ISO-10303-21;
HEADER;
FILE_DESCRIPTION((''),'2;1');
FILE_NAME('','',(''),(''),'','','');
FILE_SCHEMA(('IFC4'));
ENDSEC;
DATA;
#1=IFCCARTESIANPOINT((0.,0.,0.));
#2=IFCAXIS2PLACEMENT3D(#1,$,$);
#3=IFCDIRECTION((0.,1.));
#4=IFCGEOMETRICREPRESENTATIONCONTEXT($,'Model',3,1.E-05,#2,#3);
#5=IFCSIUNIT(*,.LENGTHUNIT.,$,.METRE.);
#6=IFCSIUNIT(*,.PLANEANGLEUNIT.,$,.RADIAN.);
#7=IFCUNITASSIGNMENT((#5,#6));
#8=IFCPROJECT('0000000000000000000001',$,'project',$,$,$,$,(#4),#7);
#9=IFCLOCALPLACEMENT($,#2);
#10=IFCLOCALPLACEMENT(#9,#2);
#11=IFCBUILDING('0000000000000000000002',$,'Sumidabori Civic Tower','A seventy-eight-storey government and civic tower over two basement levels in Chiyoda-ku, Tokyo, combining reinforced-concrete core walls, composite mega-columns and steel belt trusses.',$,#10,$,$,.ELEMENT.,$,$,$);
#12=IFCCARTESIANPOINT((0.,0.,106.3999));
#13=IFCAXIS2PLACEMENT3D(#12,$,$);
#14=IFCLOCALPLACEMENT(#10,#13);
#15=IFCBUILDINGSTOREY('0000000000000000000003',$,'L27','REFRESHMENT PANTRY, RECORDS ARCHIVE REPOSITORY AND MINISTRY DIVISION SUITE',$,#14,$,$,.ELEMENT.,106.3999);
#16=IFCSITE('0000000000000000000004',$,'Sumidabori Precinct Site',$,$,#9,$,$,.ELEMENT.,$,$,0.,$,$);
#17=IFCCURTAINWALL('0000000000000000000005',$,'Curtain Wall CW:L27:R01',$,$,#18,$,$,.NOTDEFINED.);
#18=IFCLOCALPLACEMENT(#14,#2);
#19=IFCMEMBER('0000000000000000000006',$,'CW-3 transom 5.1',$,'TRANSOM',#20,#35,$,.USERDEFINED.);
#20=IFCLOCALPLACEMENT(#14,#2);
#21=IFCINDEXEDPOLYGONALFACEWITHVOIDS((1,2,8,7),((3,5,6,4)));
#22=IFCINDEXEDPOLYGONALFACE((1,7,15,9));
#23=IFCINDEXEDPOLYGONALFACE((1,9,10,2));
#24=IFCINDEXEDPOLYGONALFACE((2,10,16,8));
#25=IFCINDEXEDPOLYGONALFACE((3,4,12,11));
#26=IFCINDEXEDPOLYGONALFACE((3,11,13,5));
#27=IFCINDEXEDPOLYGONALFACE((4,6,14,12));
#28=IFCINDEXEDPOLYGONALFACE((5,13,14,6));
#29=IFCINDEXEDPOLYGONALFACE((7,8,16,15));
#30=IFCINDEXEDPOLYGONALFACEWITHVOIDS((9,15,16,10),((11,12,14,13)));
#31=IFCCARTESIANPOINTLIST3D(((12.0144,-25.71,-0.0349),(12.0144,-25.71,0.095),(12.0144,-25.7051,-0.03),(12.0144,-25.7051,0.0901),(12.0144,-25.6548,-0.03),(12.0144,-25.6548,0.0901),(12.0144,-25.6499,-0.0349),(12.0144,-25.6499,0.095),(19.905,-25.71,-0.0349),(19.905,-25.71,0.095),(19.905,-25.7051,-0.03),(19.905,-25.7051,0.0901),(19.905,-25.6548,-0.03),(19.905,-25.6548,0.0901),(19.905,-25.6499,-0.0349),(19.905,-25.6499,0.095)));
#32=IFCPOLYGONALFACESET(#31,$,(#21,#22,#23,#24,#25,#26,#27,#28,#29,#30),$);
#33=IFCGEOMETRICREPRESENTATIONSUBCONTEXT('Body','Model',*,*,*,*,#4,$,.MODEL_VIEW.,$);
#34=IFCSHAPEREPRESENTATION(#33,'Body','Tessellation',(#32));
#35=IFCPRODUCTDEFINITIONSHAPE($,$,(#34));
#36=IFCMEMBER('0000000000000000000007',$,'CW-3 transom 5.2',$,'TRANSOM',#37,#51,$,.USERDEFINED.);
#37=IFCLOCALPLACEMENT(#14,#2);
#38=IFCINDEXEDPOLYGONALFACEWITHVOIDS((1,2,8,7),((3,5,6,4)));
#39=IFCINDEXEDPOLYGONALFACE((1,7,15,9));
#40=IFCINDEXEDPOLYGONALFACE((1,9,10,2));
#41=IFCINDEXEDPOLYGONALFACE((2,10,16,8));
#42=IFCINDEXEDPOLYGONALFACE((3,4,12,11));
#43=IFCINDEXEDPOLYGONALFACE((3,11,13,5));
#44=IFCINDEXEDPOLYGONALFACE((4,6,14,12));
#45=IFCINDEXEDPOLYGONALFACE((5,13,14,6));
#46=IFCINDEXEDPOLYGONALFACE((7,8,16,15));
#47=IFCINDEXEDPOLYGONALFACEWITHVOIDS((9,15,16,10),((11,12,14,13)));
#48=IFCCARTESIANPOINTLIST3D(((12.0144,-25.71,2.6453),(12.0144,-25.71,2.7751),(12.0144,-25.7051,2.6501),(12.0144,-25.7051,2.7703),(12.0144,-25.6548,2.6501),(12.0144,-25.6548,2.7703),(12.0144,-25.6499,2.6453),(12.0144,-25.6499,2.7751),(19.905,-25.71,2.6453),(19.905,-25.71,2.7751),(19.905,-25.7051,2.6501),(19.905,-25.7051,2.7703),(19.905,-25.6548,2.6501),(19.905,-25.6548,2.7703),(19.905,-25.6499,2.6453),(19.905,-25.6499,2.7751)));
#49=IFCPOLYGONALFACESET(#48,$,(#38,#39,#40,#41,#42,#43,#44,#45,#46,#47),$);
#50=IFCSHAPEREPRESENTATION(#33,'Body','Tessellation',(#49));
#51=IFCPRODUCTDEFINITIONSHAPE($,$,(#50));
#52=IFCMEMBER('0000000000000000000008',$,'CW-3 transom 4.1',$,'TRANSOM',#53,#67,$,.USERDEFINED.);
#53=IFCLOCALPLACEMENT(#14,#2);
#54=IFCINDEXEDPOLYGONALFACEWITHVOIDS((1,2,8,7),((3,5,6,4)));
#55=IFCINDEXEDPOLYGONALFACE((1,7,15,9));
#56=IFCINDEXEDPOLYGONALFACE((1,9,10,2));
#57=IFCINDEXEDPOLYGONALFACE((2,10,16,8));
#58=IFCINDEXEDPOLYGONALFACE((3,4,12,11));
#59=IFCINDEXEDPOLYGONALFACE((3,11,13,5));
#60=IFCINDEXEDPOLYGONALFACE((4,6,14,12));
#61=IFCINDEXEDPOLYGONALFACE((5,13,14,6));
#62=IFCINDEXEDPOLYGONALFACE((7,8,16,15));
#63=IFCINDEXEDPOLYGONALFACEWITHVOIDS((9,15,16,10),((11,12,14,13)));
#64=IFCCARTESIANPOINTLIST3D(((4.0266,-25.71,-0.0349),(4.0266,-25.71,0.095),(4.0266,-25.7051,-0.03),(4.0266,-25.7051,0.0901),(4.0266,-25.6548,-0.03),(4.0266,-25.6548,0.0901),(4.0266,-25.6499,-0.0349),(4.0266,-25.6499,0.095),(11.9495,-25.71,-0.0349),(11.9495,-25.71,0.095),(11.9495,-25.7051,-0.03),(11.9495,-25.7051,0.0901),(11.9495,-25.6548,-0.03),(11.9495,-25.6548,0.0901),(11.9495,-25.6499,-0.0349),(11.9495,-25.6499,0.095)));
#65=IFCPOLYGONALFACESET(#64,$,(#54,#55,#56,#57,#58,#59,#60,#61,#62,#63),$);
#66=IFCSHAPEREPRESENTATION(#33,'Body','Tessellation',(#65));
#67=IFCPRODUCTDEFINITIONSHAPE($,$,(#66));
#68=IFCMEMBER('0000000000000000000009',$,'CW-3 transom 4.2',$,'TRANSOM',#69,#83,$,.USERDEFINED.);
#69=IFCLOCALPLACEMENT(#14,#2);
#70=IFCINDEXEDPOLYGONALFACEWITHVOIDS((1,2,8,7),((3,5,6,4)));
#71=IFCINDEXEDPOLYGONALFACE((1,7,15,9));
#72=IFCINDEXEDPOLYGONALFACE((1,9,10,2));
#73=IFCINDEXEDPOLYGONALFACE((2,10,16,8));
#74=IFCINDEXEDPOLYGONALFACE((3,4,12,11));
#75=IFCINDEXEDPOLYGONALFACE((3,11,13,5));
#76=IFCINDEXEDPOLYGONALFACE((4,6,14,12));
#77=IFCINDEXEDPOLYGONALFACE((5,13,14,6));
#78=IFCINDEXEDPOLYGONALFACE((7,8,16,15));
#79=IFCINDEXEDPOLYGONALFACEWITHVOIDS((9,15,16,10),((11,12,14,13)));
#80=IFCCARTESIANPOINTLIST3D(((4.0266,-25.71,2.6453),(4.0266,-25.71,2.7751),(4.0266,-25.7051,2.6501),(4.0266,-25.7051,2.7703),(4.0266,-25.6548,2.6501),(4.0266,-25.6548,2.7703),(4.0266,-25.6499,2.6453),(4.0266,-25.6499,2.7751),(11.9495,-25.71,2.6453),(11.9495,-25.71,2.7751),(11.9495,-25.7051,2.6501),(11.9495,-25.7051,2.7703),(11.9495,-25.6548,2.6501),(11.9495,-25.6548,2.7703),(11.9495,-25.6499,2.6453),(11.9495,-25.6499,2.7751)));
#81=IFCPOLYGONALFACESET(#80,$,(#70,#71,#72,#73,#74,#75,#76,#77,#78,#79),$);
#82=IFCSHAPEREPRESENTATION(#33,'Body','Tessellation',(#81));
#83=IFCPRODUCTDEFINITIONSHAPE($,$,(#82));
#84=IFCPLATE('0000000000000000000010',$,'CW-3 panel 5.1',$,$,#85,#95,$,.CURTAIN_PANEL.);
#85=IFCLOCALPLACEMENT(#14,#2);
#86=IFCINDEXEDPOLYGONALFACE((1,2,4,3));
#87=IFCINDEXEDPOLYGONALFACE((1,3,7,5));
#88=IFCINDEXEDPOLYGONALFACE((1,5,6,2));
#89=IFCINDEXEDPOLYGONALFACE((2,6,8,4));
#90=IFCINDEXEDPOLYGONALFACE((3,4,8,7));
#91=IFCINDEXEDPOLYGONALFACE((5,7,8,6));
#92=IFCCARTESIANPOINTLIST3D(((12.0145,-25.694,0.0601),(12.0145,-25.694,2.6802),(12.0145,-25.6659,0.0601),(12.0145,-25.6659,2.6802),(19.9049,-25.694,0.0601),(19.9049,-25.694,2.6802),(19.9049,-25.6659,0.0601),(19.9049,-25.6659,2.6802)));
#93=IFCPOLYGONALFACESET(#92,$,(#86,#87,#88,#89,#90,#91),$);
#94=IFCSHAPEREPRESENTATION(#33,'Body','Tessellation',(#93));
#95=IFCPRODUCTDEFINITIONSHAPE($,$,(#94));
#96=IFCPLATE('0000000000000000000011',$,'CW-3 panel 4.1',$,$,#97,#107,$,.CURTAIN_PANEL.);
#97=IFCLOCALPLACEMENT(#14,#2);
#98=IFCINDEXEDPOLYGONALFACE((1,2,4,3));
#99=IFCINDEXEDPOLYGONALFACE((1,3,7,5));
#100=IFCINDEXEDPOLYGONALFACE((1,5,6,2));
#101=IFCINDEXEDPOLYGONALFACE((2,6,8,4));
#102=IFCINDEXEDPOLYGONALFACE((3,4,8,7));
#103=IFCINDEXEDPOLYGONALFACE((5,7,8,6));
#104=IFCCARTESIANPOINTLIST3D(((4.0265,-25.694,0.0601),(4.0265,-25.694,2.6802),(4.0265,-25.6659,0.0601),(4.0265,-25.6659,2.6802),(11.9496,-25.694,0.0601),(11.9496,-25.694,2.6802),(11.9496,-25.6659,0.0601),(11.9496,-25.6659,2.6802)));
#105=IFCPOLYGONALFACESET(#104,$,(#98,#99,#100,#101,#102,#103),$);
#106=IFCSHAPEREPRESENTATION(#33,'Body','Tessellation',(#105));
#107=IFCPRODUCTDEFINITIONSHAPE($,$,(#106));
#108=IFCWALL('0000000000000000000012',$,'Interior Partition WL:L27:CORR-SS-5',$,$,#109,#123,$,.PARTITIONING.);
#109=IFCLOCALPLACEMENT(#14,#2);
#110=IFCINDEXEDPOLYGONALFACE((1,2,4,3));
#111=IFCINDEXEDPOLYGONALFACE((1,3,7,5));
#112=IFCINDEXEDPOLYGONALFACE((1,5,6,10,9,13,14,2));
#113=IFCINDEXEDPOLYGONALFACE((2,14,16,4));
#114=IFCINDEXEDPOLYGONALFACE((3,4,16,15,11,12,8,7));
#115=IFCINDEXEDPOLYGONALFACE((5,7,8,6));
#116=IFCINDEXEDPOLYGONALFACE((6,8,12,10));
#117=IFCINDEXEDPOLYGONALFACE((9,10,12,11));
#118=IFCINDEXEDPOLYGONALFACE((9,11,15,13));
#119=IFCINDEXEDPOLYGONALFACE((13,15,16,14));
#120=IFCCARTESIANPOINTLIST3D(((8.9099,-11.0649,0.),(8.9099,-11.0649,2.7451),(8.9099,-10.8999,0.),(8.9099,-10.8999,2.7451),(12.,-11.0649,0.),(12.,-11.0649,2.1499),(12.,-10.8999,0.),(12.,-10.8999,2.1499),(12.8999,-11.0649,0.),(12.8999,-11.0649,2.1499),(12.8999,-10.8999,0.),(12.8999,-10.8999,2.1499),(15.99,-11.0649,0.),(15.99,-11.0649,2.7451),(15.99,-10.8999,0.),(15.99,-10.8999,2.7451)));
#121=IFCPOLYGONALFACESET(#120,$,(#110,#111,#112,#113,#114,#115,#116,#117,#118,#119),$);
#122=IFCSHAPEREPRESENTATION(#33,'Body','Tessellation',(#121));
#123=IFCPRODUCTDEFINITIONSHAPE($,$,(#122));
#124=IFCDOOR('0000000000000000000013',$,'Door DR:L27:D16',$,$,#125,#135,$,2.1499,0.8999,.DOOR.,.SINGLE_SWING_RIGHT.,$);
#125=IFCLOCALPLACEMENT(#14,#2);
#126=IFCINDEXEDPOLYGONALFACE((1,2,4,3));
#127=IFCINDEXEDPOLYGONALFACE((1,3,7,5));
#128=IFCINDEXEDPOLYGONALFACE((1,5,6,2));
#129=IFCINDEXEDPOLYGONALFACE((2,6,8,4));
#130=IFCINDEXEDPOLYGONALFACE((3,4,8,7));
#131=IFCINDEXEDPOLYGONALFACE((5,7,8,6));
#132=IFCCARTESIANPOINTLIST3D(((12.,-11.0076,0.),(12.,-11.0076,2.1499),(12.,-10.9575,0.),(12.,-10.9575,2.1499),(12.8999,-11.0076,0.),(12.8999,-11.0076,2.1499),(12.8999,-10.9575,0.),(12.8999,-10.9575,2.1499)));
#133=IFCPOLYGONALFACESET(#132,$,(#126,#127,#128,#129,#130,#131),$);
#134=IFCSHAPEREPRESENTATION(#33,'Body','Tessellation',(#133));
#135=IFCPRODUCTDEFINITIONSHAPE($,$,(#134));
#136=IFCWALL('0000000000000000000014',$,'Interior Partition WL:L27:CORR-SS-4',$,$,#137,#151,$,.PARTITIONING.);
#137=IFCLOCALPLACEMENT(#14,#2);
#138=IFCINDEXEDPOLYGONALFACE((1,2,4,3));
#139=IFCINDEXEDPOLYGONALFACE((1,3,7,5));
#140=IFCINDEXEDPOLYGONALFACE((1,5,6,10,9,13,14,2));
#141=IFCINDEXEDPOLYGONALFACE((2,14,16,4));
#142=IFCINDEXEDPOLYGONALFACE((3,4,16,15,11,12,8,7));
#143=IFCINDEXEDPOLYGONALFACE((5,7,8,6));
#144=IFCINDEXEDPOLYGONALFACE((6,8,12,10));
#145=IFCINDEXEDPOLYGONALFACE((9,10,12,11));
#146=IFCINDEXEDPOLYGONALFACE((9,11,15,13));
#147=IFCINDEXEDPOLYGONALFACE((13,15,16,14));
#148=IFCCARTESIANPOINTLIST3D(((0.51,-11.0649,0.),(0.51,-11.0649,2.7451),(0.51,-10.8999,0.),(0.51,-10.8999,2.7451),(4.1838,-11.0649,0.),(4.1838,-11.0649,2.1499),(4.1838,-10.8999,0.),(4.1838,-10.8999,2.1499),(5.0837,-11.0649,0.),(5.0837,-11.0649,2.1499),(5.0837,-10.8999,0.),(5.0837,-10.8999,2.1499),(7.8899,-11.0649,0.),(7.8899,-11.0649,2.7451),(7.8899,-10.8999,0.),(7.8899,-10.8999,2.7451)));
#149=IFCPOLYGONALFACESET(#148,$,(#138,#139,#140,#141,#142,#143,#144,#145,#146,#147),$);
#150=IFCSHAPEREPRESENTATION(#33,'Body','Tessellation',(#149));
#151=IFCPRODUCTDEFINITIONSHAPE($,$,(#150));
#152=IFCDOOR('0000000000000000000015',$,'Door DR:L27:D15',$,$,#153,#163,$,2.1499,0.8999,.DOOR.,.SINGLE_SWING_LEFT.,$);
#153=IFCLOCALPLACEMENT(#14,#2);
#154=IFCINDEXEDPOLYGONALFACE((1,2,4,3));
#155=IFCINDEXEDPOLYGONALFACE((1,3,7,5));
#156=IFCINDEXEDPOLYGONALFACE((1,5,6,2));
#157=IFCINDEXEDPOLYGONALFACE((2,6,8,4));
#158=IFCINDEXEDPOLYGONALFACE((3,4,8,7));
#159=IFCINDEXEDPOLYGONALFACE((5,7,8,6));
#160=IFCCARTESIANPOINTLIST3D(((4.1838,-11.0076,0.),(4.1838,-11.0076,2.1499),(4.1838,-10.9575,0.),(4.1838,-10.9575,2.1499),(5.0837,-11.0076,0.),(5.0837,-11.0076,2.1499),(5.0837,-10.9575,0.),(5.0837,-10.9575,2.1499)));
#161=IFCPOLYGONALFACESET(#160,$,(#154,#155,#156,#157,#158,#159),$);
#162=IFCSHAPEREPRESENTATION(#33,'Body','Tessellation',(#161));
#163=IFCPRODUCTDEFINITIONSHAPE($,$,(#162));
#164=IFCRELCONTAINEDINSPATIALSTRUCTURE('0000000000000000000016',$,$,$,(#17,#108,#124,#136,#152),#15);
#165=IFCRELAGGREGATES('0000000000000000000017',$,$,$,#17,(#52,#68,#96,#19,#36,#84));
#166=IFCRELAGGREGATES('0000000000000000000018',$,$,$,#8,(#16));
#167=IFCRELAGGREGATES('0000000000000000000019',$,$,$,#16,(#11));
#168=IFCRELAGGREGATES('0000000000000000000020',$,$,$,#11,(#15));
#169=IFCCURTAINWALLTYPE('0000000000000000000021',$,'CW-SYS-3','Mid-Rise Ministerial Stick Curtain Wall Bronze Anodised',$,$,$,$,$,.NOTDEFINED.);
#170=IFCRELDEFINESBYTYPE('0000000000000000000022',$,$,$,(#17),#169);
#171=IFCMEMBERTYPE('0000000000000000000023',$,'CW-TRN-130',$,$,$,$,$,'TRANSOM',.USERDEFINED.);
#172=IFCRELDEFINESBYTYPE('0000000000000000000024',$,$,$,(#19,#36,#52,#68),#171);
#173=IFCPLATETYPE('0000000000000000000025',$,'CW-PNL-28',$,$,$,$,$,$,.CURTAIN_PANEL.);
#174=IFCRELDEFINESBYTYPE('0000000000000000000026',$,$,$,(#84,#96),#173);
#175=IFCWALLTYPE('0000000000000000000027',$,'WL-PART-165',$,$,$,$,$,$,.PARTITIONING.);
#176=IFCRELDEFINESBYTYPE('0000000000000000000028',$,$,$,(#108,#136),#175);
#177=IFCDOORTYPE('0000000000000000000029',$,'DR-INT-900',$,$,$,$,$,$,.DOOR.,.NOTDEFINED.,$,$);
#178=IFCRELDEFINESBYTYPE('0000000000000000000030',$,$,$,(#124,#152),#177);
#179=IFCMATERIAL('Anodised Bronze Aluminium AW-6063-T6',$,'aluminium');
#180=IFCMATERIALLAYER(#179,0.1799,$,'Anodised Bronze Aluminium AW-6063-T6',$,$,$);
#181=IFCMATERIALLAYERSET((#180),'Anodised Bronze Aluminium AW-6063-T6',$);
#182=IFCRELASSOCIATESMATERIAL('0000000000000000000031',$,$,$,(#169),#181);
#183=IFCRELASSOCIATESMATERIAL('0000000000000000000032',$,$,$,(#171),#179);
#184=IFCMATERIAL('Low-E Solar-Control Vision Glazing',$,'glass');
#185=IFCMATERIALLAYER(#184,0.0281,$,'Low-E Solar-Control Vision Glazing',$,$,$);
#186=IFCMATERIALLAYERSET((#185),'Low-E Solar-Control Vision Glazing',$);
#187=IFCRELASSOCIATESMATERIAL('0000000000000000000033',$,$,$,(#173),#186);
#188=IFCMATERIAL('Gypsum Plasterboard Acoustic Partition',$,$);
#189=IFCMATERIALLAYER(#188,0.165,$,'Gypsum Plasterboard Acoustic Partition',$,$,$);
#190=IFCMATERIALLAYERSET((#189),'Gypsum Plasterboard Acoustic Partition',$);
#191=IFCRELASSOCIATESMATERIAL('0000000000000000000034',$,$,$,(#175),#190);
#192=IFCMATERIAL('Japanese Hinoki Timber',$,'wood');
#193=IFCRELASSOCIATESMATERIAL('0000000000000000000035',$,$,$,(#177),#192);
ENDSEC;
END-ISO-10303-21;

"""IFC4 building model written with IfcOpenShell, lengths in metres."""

from ifc_helpers import new_model, si_unit, direction, frame, frame_2d, origin, origin_2d, place, context, subcontext, project, spatial, rectangle, hollow_rectangle, extrude, source, transform, mapped, material, layer, layer_set, material_profile, profile_set, type_object, element, fill, aggregate, save


model = new_model("IFC4")

# Units and contexts
model_context = context("Model", 3, precision=1e-05, world=origin(), true_north=direction((0.0, 1.0)))
body_context = subcontext(model_context, "Body", "Model", "MODEL_VIEW")
ifc_project = project(units=[si_unit("LENGTHUNIT", "METRE"), si_unit("PLANEANGLEUNIT", "RADIAN")], contexts=[model_context])

# Site, building, storey
site_placement = place(None, origin())
site = spatial("IfcSite", under=ifc_project, at=site_placement, Name="Sumidabori Precinct Site", CompositionType="ELEMENT", RefElevation=0.0)
building_placement = place(site_placement, origin())
building = spatial("IfcBuilding", under=site, at=building_placement, Name="Sumidabori Civic Tower", Description="A seventy-eight-storey government and civic tower over two basement levels in Chiyoda-ku, Tokyo, combining reinforced-concrete core walls, composite mega-columns and steel belt trusses.", CompositionType="ELEMENT")
storey_placement = place(building_placement, frame((0.0, 0.0, 106.3999)))
storey = spatial("IfcBuildingStorey", under=building, at=storey_placement, Name="L27", Description="REFRESHMENT PANTRY, RECORDS ARCHIVE REPOSITORY AND MINISTRY DIVISION SUITE", CompositionType="ELEMENT", Elevation=106.3999)

# Curtain wall, members, plates
ifc_material_1 = material(Name="Anodised Bronze Aluminium AW-6063-T6", Category="aluminium")
ifc_layer_1 = layer(ifc_material_1, 0.1799, Name="Anodised Bronze Aluminium AW-6063-T6")
ifc_layer_set_1 = layer_set([ifc_layer_1], Name="Anodised Bronze Aluminium AW-6063-T6")
curtain_wall_type = type_object("IfcCurtainWallType", Name="CW-SYS-3", Description="Mid-Rise Ministerial Stick Curtain Wall Bronze Anodised", PredefinedType="NOTDEFINED", material=ifc_layer_set_1)
curtain_wall_placement = place(storey_placement, origin())
curtain_wall = element("IfcCurtainWall", 1, at=curtain_wall_placement, inside=storey, type_object=curtain_wall_type, Name="Curtain Wall CW:L27:R01", PredefinedType="NOTDEFINED")
ifc_material_profile_1 = material_profile(ifc_material_1, hollow_rectangle(XDim=0.0601, YDim=0.1299, WallThickness=0.0049, at=origin_2d()), Name="ALU TRANSOM 130x60")
ifc_profile_set_1 = profile_set([ifc_material_profile_1], Name="Anodised Bronze Aluminium AW-6063-T6")
member_type_1 = type_object("IfcMemberType", Name="CW-TRN-130", ElementType="TRANSOM", PredefinedType="USERDEFINED", material=ifc_profile_set_1)
shared_shape_1 = source(origin(), body_context, "Body", "SweptSolid", [
    extrude(hollow_rectangle(XDim=0.0601, YDim=0.1299, WallThickness=0.0049, at=origin_2d()), origin(), (0.0, 0.0, 1.0), 7.8906),
])
member_1_placement = place(storey_placement, frame((12.0144, -25.6799, 0.03), z_axis=(1.0, 0.0, 0.0), x_axis=(0.0, 1.0, 0.0)))
member_1 = element("IfcMember", 2, at=member_1_placement, type_object=member_type_1, Name="CW-3 transom 5.1", ObjectType="TRANSOM", PredefinedType="USERDEFINED", context=body_context, shape_type="MappedRepresentation", body=[
    mapped(shared_shape_1, transform((0.0, 0.0, 0.0), x_axis=(1.0, 0.0, 0.0), y_axis=(0.0, 1.0, 0.0), z_axis=(0.0, 0.0, 1.0), scale=1.0)),
])
member_2_placement = place(storey_placement, frame((12.0144, -25.6799, 2.7102), z_axis=(1.0, 0.0, 0.0), x_axis=(0.0, 1.0, 0.0)))
member_2 = element("IfcMember", 3, at=member_2_placement, type_object=member_type_1, Name="CW-3 transom 5.2", ObjectType="TRANSOM", PredefinedType="USERDEFINED", context=body_context, shape_type="MappedRepresentation", body=[
    mapped(shared_shape_1, transform((0.0, 0.0, 0.0), x_axis=(1.0, 0.0, 0.0), y_axis=(0.0, 1.0, 0.0), z_axis=(0.0, 0.0, 1.0), scale=1.0)),
])
shared_shape_2 = source(origin(), body_context, "Body", "SweptSolid", [
    extrude(hollow_rectangle(XDim=0.0601, YDim=0.1299, WallThickness=0.0049, at=origin_2d()), origin(), (0.0, 0.0, 1.0), 7.9229),
])
member_3_placement = place(storey_placement, frame((4.0266, -25.6799, 0.03), z_axis=(1.0, 0.0, 0.0), x_axis=(0.0, 1.0, 0.0)))
member_3 = element("IfcMember", 4, at=member_3_placement, type_object=member_type_1, Name="CW-3 transom 4.1", ObjectType="TRANSOM", PredefinedType="USERDEFINED", context=body_context, shape_type="MappedRepresentation", body=[
    mapped(shared_shape_2, transform((0.0, 0.0, 0.0), x_axis=(1.0, 0.0, 0.0), y_axis=(0.0, 1.0, 0.0), z_axis=(0.0, 0.0, 1.0), scale=1.0)),
])
member_4_placement = place(storey_placement, frame((4.0266, -25.6799, 2.7102), z_axis=(1.0, 0.0, 0.0), x_axis=(0.0, 1.0, 0.0)))
member_4 = element("IfcMember", 5, at=member_4_placement, type_object=member_type_1, Name="CW-3 transom 4.2", ObjectType="TRANSOM", PredefinedType="USERDEFINED", context=body_context, shape_type="MappedRepresentation", body=[
    mapped(shared_shape_2, transform((0.0, 0.0, 0.0), x_axis=(1.0, 0.0, 0.0), y_axis=(0.0, 1.0, 0.0), z_axis=(0.0, 0.0, 1.0), scale=1.0)),
])
ifc_material_2 = material(Name="Low-E Solar-Control Vision Glazing", Category="glass")
ifc_layer_2 = layer(ifc_material_2, 0.0281, Name="Low-E Solar-Control Vision Glazing")
ifc_layer_set_2 = layer_set([ifc_layer_2], Name="Low-E Solar-Control Vision Glazing")
plate_type = type_object("IfcPlateType", Name="CW-PNL-28", PredefinedType="CURTAIN_PANEL", material=ifc_layer_set_2)
shared_shape_3 = source(origin(), body_context, "Body", "SweptSolid", [
    extrude(rectangle(XDim=7.8904, YDim=0.0281, at=origin_2d()), origin(), (0.0, 0.0, 1.0), 2.6201),
])
plate_1_placement = place(storey_placement, frame((15.9597, -25.6799, 0.0601), z_axis=(0.0, 0.0, 1.0), x_axis=(1.0, 0.0, 0.0)))
plate_1 = element("IfcPlate", 6, at=plate_1_placement, type_object=plate_type, Name="CW-3 panel 5.1", PredefinedType="CURTAIN_PANEL", context=body_context, shape_type="MappedRepresentation", body=[
    mapped(shared_shape_3, transform((0.0, 0.0, 0.0), x_axis=(1.0, 0.0, 0.0), y_axis=(0.0, 1.0, 0.0), z_axis=(0.0, 0.0, 1.0), scale=1.0)),
])
shared_shape_4 = source(origin(), body_context, "Body", "SweptSolid", [
    extrude(rectangle(XDim=7.9231, YDim=0.0281, at=origin_2d()), origin(), (0.0, 0.0, 1.0), 2.6201),
])
plate_2_placement = place(storey_placement, frame((7.988, -25.6799, 0.0601), z_axis=(0.0, 0.0, 1.0), x_axis=(1.0, 0.0, 0.0)))
plate_2 = element("IfcPlate", 7, at=plate_2_placement, type_object=plate_type, Name="CW-3 panel 4.1", PredefinedType="CURTAIN_PANEL", context=body_context, shape_type="MappedRepresentation", body=[
    mapped(shared_shape_4, transform((0.0, 0.0, 0.0), x_axis=(1.0, 0.0, 0.0), y_axis=(0.0, 1.0, 0.0), z_axis=(0.0, 0.0, 1.0), scale=1.0)),
])
aggregate(curtain_wall, [member_3, member_4, plate_2, member_1, member_2, plate_1])

# Walls, openings, doors
ifc_material_3 = material(Name="Gypsum Plasterboard Acoustic Partition")
ifc_layer_3 = layer(ifc_material_3, 0.165, Name="Gypsum Plasterboard Acoustic Partition")
ifc_layer_set_3 = layer_set([ifc_layer_3], Name="Gypsum Plasterboard Acoustic Partition")
wall_type = type_object("IfcWallType", Name="WL-PART-165", PredefinedType="PARTITIONING", material=ifc_layer_set_3)
shared_shape_5 = source(origin(), body_context, "Body", "SweptSolid", [
    extrude(rectangle(XDim=7.0801, YDim=0.165, at=frame_2d((3.54, 0.0))), origin(), (0.0, 0.0, 1.0), 2.7451),
])
wall_1_placement = place(storey_placement, frame((8.9099, -10.9824, 0.0), z_axis=(0.0, 0.0, 1.0), x_axis=(1.0, 0.0, 0.0)))
wall_1 = element("IfcWall", 8, at=wall_1_placement, inside=storey, type_object=wall_type, Name="Interior Partition WL:L27:CORR-SS-5", PredefinedType="PARTITIONING", context=body_context, shape_type="MappedRepresentation", body=[
    mapped(shared_shape_5, transform((0.0, 0.0, 0.0), x_axis=(1.0, 0.0, 0.0), y_axis=(0.0, 1.0, 0.0), z_axis=(0.0, 0.0, 1.0), scale=1.0)),
])
opening_1_placement = place(wall_1_placement, frame((3.0901, 0.0, 0.0)))
opening_1 = element("IfcOpeningElement", 9, at=opening_1_placement, cuts=wall_1, PredefinedType="OPENING", context=body_context, shape_type="SweptSolid", body=[
    extrude(rectangle(XDim=0.8999, YDim=2.1499, at=frame_2d((0.45, 1.075))), frame((0.0, 0.0945, 0.0), z_axis=(0.0, -1.0, 0.0), x_axis=(1.0, 0.0, 0.0)), (0.0, 0.0, 1.0), 0.189),
])
ifc_material_4 = material(Name="Japanese Hinoki Timber", Category="wood")
door_type = type_object("IfcDoorType", Name="DR-INT-900", OperationType="NOTDEFINED", PredefinedType="DOOR", material=ifc_material_4)
shared_shape_6 = source(origin(), body_context, "Body", "SweptSolid", [
    extrude(rectangle(XDim=0.8999, YDim=2.1499, at=frame_2d((0.45, 1.075))), frame((0.0, 0.0249, 0.0), z_axis=(0.0, -1.0, 0.0), x_axis=(1.0, 0.0, 0.0)), (0.0, 0.0, 1.0), 0.05),
])
door_1_placement = place(opening_1_placement, origin())
door_1 = element("IfcDoor", 10, at=door_1_placement, inside=storey, type_object=door_type, Name="Door DR:L27:D16", OperationType="SINGLE_SWING_RIGHT", OverallHeight=2.1499, OverallWidth=0.8999, PredefinedType="DOOR", context=body_context, shape_type="MappedRepresentation", body=[
    mapped(shared_shape_6, transform((0.0, 0.0, 0.0), x_axis=(1.0, 0.0, 0.0), y_axis=(0.0, 1.0, 0.0), z_axis=(0.0, 0.0, 1.0), scale=1.0)),
])
fill(opening_1, door_1)
shared_shape_7 = source(origin(), body_context, "Body", "SweptSolid", [
    extrude(rectangle(XDim=7.3799, YDim=0.165, at=frame_2d((3.6899, 0.0))), origin(), (0.0, 0.0, 1.0), 2.7451),
])
wall_2_placement = place(storey_placement, frame((0.51, -10.9824, 0.0), z_axis=(0.0, 0.0, 1.0), x_axis=(1.0, 0.0, 0.0)))
wall_2 = element("IfcWall", 11, at=wall_2_placement, inside=storey, type_object=wall_type, Name="Interior Partition WL:L27:CORR-SS-4", PredefinedType="PARTITIONING", context=body_context, shape_type="MappedRepresentation", body=[
    mapped(shared_shape_7, transform((0.0, 0.0, 0.0), x_axis=(1.0, 0.0, 0.0), y_axis=(0.0, 1.0, 0.0), z_axis=(0.0, 0.0, 1.0), scale=1.0)),
])
opening_2_placement = place(wall_2_placement, frame((3.6738, 0.0, 0.0)))
opening_2 = element("IfcOpeningElement", 12, at=opening_2_placement, cuts=wall_2, PredefinedType="OPENING", context=body_context, shape_type="SweptSolid", body=[
    extrude(rectangle(XDim=0.8999, YDim=2.1499, at=frame_2d((0.45, 1.075))), frame((0.0, 0.0945, 0.0), z_axis=(0.0, -1.0, 0.0), x_axis=(1.0, 0.0, 0.0)), (0.0, 0.0, 1.0), 0.189),
])
door_2_placement = place(opening_2_placement, origin())
door_2 = element("IfcDoor", 13, at=door_2_placement, inside=storey, type_object=door_type, Name="Door DR:L27:D15", OperationType="SINGLE_SWING_LEFT", OverallHeight=2.1499, OverallWidth=0.8999, PredefinedType="DOOR", context=body_context, shape_type="MappedRepresentation", body=[
    mapped(shared_shape_6, transform((0.0, 0.0, 0.0), x_axis=(1.0, 0.0, 0.0), y_axis=(0.0, 1.0, 0.0), z_axis=(0.0, 0.0, 1.0), scale=1.0)),
])
fill(opening_2, door_2)

save(model, "model.ifc")
